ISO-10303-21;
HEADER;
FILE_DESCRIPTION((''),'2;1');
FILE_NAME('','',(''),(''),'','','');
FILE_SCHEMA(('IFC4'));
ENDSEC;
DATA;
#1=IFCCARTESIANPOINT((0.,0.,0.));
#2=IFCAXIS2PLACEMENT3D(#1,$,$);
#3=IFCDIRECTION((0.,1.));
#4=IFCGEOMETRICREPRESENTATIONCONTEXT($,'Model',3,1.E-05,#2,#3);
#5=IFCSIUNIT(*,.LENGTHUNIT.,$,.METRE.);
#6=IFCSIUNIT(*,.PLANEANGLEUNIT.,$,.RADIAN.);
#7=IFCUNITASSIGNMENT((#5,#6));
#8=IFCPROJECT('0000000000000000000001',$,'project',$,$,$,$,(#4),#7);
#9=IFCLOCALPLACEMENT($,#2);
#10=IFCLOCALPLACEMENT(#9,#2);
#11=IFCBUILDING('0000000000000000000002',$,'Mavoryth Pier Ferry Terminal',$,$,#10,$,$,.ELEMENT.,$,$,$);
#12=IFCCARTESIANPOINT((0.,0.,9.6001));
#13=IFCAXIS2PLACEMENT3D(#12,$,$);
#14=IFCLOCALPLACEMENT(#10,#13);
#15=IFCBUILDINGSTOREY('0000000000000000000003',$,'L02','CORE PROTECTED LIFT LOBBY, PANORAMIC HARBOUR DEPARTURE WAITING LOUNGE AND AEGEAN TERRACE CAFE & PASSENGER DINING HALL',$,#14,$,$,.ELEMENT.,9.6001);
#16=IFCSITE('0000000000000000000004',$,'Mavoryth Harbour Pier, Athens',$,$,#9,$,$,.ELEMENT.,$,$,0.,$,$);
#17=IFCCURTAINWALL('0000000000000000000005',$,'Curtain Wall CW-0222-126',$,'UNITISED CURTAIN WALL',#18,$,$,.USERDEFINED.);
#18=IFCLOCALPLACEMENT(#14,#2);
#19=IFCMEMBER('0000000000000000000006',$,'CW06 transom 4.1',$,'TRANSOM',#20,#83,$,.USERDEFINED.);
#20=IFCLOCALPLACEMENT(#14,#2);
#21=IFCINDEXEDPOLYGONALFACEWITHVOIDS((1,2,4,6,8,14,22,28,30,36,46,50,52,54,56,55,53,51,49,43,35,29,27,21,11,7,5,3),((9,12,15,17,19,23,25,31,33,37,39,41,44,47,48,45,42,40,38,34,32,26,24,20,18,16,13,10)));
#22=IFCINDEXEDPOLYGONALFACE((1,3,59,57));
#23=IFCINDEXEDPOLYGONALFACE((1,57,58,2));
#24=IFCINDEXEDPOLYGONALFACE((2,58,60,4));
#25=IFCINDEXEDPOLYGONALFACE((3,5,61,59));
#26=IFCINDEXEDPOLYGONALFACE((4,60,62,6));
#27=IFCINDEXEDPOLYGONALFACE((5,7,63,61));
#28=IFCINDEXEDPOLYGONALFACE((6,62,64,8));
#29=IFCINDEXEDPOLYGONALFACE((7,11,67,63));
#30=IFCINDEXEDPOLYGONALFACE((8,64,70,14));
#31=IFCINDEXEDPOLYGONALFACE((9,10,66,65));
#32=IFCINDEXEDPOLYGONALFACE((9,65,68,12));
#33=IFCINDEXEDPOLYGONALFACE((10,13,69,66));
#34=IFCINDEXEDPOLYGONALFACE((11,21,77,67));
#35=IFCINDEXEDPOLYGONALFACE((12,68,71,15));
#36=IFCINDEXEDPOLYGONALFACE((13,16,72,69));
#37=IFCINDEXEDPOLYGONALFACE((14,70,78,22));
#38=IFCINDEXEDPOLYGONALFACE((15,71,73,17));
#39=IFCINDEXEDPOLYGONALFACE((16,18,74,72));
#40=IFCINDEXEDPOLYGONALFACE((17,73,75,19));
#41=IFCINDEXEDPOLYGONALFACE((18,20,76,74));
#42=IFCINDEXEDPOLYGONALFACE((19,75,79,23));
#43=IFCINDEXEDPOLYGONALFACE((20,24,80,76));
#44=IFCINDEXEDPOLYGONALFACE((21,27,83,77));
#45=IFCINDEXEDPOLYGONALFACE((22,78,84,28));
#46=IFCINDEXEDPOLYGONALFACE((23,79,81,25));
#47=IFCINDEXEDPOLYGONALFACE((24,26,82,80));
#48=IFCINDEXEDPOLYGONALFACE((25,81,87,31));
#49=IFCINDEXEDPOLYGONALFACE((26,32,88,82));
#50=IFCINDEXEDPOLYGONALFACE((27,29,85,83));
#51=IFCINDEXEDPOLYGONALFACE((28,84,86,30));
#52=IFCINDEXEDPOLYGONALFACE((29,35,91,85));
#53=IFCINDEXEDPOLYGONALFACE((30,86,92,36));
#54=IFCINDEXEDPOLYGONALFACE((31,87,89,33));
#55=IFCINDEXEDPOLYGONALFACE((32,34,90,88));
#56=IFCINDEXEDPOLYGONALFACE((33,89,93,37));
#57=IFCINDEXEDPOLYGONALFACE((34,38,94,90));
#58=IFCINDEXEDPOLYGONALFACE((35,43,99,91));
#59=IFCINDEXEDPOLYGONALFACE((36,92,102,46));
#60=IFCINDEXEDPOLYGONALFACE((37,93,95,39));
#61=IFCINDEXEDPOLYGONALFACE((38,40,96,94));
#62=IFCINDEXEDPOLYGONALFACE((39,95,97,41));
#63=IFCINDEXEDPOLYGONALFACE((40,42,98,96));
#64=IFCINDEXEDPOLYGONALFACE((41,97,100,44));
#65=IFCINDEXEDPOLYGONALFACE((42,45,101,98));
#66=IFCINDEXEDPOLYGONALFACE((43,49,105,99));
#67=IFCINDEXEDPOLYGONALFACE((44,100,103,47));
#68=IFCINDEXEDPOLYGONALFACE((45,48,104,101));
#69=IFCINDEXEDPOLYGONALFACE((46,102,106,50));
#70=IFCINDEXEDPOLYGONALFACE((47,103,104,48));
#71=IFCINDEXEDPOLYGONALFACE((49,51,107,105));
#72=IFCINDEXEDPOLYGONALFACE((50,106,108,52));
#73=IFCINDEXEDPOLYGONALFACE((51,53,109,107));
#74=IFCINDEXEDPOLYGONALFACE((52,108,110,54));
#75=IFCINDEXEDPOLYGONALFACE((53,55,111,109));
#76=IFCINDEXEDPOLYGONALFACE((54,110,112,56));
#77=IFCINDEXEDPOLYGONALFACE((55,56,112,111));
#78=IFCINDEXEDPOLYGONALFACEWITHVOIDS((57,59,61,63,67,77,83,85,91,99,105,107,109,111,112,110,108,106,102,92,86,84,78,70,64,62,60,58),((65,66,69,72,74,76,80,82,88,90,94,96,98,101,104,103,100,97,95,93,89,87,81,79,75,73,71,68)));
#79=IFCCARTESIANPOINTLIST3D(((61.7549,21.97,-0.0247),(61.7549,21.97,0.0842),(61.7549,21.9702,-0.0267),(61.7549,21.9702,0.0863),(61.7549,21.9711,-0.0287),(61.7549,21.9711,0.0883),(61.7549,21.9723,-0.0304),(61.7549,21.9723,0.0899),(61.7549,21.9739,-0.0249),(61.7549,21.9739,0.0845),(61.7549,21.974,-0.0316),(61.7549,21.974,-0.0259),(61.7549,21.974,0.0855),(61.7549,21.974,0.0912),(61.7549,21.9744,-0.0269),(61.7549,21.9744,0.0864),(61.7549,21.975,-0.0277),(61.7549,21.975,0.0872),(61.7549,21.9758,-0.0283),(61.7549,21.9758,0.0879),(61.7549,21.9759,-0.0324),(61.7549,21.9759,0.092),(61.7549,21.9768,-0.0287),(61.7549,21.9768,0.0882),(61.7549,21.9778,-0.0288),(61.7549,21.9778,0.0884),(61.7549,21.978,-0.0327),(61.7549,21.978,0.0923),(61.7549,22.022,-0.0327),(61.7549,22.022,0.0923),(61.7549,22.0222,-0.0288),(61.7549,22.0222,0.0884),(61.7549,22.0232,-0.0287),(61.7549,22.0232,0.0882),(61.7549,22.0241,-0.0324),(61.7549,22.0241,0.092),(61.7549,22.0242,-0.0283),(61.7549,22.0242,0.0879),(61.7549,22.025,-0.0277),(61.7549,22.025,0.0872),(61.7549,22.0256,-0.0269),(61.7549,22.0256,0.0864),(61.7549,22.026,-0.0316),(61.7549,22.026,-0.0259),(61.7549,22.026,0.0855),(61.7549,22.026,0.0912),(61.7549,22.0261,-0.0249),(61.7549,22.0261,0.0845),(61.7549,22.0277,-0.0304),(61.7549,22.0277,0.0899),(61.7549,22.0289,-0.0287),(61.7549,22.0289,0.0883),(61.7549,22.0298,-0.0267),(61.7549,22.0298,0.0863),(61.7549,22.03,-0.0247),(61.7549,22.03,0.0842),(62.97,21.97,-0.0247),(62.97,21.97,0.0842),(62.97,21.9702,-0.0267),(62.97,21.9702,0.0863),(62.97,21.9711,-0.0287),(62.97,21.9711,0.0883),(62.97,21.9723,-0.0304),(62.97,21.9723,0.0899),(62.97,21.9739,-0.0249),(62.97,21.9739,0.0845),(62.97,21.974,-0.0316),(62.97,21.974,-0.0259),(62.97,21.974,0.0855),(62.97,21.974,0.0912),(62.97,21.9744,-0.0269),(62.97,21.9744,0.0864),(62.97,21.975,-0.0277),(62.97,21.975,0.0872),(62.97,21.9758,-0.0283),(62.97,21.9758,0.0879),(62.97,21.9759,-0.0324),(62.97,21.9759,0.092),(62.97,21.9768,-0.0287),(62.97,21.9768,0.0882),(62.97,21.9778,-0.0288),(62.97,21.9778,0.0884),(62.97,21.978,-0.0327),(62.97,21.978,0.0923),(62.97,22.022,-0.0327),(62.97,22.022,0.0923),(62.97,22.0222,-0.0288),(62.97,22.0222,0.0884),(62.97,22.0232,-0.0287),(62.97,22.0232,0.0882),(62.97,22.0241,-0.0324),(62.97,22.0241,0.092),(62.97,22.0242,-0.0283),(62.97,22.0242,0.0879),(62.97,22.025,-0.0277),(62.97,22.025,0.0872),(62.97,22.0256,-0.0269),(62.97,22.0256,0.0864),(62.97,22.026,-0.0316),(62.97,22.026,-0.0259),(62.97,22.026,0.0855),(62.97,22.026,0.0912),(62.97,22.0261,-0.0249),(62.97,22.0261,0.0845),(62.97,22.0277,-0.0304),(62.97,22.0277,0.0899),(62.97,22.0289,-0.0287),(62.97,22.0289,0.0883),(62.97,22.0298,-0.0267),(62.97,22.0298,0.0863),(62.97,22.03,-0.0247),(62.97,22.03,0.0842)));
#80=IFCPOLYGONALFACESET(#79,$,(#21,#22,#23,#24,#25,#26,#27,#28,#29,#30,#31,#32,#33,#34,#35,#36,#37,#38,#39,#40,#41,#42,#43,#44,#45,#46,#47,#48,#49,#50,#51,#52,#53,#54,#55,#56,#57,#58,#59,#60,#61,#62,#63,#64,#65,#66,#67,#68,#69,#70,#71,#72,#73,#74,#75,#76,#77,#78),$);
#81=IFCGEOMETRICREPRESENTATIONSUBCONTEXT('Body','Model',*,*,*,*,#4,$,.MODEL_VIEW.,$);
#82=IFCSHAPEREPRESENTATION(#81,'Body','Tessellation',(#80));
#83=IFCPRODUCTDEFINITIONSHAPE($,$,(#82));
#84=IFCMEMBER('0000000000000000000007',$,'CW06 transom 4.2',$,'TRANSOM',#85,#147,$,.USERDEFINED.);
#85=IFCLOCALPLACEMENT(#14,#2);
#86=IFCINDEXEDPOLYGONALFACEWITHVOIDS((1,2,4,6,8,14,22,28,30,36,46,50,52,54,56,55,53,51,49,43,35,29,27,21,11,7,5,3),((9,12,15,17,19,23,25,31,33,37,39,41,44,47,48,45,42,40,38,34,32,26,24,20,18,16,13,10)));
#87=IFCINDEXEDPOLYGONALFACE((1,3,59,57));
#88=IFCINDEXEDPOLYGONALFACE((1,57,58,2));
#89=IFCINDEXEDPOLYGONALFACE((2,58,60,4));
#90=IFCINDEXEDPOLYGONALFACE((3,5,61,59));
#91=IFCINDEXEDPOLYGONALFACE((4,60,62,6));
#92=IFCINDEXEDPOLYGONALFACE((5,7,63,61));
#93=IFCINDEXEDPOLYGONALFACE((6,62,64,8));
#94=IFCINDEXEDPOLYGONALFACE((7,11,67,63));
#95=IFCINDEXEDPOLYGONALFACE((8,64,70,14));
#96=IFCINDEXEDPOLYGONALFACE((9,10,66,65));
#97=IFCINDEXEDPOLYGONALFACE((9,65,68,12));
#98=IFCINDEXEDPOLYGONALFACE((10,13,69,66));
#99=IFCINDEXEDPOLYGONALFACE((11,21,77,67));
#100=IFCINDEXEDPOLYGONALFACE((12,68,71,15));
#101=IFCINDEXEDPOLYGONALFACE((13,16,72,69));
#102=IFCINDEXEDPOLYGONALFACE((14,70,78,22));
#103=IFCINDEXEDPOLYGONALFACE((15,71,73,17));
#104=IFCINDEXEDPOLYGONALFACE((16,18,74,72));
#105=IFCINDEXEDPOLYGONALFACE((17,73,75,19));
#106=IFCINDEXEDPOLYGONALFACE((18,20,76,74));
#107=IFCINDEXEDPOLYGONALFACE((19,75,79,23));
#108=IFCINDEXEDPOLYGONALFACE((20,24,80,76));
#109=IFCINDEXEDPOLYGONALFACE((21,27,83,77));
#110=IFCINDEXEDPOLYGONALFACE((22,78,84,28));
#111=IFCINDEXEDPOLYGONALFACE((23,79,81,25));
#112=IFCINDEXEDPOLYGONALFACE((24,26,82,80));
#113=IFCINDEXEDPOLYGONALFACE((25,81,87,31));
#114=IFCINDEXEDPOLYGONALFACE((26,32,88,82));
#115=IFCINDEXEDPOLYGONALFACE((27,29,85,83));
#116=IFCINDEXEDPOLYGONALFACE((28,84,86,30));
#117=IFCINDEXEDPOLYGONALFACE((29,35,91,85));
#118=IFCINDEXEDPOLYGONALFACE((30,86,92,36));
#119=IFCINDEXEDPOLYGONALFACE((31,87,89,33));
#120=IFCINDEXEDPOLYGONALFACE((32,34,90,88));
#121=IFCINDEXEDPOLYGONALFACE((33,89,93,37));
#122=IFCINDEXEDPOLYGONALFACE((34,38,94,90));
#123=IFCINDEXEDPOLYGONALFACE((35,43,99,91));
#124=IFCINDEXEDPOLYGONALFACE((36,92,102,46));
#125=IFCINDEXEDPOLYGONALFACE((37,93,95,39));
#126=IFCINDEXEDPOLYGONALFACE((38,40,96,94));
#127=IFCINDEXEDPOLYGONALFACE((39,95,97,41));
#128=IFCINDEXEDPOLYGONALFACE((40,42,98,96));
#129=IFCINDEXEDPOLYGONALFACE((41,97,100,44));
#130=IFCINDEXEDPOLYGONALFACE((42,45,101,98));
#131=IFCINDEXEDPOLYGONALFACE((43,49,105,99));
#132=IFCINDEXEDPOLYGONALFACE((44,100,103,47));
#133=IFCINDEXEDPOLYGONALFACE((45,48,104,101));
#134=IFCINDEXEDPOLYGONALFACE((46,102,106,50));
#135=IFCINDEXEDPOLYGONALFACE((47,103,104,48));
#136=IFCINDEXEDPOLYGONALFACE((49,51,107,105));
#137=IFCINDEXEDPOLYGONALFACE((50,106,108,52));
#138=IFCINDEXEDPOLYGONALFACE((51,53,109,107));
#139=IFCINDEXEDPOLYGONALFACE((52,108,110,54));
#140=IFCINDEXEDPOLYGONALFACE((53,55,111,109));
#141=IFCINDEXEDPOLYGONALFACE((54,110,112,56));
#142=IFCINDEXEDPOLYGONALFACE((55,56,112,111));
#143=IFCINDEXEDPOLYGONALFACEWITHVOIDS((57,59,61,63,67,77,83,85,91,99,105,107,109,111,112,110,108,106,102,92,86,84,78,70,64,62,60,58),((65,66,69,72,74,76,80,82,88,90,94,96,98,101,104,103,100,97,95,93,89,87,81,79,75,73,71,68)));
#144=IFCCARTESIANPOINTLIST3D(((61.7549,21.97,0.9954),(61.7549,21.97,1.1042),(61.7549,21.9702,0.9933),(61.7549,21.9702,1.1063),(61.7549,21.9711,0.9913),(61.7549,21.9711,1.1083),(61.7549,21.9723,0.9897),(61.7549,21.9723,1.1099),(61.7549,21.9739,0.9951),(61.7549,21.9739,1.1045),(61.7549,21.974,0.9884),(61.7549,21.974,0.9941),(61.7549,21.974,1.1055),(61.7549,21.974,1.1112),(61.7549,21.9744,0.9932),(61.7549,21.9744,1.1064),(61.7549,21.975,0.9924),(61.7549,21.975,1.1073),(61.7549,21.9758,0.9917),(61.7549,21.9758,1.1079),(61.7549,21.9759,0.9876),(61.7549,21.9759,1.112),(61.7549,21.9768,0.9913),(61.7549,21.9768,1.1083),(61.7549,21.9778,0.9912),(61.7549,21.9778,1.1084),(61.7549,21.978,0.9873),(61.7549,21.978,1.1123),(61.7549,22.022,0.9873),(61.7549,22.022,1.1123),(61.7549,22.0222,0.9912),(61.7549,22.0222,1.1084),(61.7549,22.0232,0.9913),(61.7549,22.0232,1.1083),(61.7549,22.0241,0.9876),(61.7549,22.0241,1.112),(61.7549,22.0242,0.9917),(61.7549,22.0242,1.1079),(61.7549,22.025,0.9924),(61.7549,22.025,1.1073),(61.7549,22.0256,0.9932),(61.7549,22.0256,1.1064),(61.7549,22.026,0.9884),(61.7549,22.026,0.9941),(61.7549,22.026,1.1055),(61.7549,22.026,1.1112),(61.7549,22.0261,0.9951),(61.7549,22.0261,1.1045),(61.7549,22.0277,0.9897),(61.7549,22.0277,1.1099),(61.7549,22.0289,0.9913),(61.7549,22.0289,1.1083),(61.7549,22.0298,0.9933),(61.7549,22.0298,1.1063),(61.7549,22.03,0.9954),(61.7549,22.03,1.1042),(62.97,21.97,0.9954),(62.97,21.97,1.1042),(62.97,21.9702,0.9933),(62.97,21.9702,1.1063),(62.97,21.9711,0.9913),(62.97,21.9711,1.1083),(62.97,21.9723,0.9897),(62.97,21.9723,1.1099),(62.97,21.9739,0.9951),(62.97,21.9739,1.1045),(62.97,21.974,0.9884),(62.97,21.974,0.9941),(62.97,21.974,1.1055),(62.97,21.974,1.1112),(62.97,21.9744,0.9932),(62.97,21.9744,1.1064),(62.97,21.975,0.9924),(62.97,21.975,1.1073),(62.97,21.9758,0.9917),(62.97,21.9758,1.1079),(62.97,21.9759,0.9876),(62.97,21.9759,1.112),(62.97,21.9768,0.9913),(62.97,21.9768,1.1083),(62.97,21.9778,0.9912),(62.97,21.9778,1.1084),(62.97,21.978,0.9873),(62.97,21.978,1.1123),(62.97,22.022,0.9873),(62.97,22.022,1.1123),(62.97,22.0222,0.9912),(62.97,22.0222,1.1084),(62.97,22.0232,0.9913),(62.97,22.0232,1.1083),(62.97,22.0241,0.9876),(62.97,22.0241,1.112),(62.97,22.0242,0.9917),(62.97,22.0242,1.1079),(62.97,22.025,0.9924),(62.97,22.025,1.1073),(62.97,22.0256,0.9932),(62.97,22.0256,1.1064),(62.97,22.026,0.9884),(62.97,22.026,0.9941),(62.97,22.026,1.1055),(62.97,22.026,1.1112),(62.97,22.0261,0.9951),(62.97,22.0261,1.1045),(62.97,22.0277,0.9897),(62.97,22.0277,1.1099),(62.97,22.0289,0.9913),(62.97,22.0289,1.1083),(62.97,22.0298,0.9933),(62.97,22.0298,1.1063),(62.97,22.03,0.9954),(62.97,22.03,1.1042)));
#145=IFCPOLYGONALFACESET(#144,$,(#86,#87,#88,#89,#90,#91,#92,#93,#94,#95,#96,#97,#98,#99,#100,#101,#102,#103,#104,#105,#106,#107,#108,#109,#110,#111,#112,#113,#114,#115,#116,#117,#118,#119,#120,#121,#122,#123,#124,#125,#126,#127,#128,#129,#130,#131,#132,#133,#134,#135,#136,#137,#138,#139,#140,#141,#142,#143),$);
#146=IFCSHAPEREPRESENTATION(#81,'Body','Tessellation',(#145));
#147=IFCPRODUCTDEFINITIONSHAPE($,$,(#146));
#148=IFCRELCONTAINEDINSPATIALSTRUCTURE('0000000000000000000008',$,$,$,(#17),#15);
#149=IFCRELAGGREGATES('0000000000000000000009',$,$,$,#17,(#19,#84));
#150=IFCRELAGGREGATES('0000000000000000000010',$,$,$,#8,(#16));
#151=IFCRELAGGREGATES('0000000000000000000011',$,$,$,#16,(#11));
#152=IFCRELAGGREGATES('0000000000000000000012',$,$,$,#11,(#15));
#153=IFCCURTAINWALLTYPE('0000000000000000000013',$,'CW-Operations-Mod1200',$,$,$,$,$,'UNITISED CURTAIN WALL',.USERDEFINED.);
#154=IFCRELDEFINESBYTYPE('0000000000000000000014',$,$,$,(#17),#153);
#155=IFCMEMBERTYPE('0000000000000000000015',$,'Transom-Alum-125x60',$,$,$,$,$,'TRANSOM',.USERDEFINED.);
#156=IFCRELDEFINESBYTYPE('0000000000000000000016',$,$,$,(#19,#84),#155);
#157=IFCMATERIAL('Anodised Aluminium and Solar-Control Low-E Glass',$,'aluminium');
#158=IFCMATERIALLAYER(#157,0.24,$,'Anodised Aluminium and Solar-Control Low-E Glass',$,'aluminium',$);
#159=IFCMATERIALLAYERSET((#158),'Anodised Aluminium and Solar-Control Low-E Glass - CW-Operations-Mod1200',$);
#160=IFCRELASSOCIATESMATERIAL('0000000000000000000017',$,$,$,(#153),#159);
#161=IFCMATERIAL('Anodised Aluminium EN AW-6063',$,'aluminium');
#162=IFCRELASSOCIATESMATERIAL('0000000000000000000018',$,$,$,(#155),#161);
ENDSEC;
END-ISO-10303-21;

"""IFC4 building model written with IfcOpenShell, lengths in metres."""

from ifc_helpers import new_model, si_unit, direction, frame, origin, origin_2d, place, context, subcontext, project, spatial, hollow_rectangle, extrude, material, layer, layer_set, material_profile, profile_set, type_object, element, aggregate, save


model = new_model("IFC4")

# Units and contexts
model_context = context("Model", 3, precision=1e-05, world=origin(), true_north=direction((0.0, 1.0)))
body_context = subcontext(model_context, "Body", "Model", "MODEL_VIEW")
ifc_project = project(units=[si_unit("LENGTHUNIT", "METRE"), si_unit("PLANEANGLEUNIT", "RADIAN")], contexts=[model_context])

# Site, building, storey
site_placement = place(None, origin())
site = spatial("IfcSite", under=ifc_project, at=site_placement, Name="Mavoryth Harbour Pier, Athens", CompositionType="ELEMENT", RefElevation=0.0)
building_placement = place(site_placement, origin())
building = spatial("IfcBuilding", under=site, at=building_placement, Name="Mavoryth Pier Ferry Terminal", CompositionType="ELEMENT")
storey_placement = place(building_placement, frame((0.0, 0.0, 9.6001)))
storey = spatial("IfcBuildingStorey", under=building, at=storey_placement, Name="L02", Description="CORE PROTECTED LIFT LOBBY, PANORAMIC HARBOUR DEPARTURE WAITING LOUNGE AND AEGEAN TERRACE CAFE & PASSENGER DINING HALL", CompositionType="ELEMENT", Elevation=9.6001)

# Curtain wall, members
ifc_material_1 = material(Name="Anodised Aluminium and Solar-Control Low-E Glass", Category="aluminium")
ifc_layer_1 = layer(ifc_material_1, 0.24, Name="Anodised Aluminium and Solar-Control Low-E Glass", Category="aluminium")
ifc_layer_set_1 = layer_set([ifc_layer_1], Name="Anodised Aluminium and Solar-Control Low-E Glass - CW-Operations-Mod1200")
curtain_wall_type = type_object("IfcCurtainWallType", Name="CW-Operations-Mod1200", ElementType="UNITISED CURTAIN WALL", PredefinedType="USERDEFINED", material=ifc_layer_set_1)
curtain_wall_placement = place(storey_placement, origin())
curtain_wall = element("IfcCurtainWall", 1, at=curtain_wall_placement, inside=storey, type_object=curtain_wall_type, Name="Curtain Wall CW-0222-126", ObjectType="UNITISED CURTAIN WALL", PredefinedType="USERDEFINED")
ifc_material_2 = material(Name="Anodised Aluminium EN AW-6063", Category="aluminium")
ifc_material_profile_1 = material_profile(ifc_material_2, hollow_rectangle(XDim=0.0601, YDim=0.125, WallThickness=0.0039, InnerFilletRadius=0.0039, OuterFilletRadius=0.0081, at=origin_2d()), Name="AL-TRAN 125x60x4", Category="aluminium")
ifc_profile_set_1 = profile_set([ifc_material_profile_1], Name="Anodised Aluminium EN AW-6063 - AL-TRAN 125x60x4")
member_type_1 = type_object("IfcMemberType", Name="Transom-Alum-125x60", ElementType="TRANSOM", PredefinedType="USERDEFINED", material=ifc_profile_set_1)
member_1_placement = place(storey_placement, frame((62.97, 22.0, 0.0298), z_axis=(-1.0, 0.0, 0.0), x_axis=(0.0, -1.0, 0.0)))
member_1 = element("IfcMember", 2, at=member_1_placement, type_object=member_type_1, Name="CW06 transom 4.1", ObjectType="TRANSOM", PredefinedType="USERDEFINED", context=body_context, shape_type="SweptSolid", body=[
    extrude(hollow_rectangle(XDim=0.0601, YDim=0.125, WallThickness=0.0039, InnerFilletRadius=0.0039, OuterFilletRadius=0.0081, at=origin_2d()), origin(), (0.0, 0.0, 1.0), 1.2151),
])
member_2_placement = place(storey_placement, frame((62.97, 22.0, 1.0498), z_axis=(-1.0, 0.0, 0.0), x_axis=(0.0, -1.0, 0.0)))
member_2 = element("IfcMember", 3, at=member_2_placement, type_object=member_type_1, Name="CW06 transom 4.2", ObjectType="TRANSOM", PredefinedType="USERDEFINED", context=body_context, shape_type="SweptSolid", body=[
    extrude(hollow_rectangle(XDim=0.0601, YDim=0.125, WallThickness=0.0039, InnerFilletRadius=0.0039, OuterFilletRadius=0.0081, at=origin_2d()), origin(), (0.0, 0.0, 1.0), 1.2151),
])
aggregate(curtain_wall, [member_1, member_2])

save(model, "model.ifc")
